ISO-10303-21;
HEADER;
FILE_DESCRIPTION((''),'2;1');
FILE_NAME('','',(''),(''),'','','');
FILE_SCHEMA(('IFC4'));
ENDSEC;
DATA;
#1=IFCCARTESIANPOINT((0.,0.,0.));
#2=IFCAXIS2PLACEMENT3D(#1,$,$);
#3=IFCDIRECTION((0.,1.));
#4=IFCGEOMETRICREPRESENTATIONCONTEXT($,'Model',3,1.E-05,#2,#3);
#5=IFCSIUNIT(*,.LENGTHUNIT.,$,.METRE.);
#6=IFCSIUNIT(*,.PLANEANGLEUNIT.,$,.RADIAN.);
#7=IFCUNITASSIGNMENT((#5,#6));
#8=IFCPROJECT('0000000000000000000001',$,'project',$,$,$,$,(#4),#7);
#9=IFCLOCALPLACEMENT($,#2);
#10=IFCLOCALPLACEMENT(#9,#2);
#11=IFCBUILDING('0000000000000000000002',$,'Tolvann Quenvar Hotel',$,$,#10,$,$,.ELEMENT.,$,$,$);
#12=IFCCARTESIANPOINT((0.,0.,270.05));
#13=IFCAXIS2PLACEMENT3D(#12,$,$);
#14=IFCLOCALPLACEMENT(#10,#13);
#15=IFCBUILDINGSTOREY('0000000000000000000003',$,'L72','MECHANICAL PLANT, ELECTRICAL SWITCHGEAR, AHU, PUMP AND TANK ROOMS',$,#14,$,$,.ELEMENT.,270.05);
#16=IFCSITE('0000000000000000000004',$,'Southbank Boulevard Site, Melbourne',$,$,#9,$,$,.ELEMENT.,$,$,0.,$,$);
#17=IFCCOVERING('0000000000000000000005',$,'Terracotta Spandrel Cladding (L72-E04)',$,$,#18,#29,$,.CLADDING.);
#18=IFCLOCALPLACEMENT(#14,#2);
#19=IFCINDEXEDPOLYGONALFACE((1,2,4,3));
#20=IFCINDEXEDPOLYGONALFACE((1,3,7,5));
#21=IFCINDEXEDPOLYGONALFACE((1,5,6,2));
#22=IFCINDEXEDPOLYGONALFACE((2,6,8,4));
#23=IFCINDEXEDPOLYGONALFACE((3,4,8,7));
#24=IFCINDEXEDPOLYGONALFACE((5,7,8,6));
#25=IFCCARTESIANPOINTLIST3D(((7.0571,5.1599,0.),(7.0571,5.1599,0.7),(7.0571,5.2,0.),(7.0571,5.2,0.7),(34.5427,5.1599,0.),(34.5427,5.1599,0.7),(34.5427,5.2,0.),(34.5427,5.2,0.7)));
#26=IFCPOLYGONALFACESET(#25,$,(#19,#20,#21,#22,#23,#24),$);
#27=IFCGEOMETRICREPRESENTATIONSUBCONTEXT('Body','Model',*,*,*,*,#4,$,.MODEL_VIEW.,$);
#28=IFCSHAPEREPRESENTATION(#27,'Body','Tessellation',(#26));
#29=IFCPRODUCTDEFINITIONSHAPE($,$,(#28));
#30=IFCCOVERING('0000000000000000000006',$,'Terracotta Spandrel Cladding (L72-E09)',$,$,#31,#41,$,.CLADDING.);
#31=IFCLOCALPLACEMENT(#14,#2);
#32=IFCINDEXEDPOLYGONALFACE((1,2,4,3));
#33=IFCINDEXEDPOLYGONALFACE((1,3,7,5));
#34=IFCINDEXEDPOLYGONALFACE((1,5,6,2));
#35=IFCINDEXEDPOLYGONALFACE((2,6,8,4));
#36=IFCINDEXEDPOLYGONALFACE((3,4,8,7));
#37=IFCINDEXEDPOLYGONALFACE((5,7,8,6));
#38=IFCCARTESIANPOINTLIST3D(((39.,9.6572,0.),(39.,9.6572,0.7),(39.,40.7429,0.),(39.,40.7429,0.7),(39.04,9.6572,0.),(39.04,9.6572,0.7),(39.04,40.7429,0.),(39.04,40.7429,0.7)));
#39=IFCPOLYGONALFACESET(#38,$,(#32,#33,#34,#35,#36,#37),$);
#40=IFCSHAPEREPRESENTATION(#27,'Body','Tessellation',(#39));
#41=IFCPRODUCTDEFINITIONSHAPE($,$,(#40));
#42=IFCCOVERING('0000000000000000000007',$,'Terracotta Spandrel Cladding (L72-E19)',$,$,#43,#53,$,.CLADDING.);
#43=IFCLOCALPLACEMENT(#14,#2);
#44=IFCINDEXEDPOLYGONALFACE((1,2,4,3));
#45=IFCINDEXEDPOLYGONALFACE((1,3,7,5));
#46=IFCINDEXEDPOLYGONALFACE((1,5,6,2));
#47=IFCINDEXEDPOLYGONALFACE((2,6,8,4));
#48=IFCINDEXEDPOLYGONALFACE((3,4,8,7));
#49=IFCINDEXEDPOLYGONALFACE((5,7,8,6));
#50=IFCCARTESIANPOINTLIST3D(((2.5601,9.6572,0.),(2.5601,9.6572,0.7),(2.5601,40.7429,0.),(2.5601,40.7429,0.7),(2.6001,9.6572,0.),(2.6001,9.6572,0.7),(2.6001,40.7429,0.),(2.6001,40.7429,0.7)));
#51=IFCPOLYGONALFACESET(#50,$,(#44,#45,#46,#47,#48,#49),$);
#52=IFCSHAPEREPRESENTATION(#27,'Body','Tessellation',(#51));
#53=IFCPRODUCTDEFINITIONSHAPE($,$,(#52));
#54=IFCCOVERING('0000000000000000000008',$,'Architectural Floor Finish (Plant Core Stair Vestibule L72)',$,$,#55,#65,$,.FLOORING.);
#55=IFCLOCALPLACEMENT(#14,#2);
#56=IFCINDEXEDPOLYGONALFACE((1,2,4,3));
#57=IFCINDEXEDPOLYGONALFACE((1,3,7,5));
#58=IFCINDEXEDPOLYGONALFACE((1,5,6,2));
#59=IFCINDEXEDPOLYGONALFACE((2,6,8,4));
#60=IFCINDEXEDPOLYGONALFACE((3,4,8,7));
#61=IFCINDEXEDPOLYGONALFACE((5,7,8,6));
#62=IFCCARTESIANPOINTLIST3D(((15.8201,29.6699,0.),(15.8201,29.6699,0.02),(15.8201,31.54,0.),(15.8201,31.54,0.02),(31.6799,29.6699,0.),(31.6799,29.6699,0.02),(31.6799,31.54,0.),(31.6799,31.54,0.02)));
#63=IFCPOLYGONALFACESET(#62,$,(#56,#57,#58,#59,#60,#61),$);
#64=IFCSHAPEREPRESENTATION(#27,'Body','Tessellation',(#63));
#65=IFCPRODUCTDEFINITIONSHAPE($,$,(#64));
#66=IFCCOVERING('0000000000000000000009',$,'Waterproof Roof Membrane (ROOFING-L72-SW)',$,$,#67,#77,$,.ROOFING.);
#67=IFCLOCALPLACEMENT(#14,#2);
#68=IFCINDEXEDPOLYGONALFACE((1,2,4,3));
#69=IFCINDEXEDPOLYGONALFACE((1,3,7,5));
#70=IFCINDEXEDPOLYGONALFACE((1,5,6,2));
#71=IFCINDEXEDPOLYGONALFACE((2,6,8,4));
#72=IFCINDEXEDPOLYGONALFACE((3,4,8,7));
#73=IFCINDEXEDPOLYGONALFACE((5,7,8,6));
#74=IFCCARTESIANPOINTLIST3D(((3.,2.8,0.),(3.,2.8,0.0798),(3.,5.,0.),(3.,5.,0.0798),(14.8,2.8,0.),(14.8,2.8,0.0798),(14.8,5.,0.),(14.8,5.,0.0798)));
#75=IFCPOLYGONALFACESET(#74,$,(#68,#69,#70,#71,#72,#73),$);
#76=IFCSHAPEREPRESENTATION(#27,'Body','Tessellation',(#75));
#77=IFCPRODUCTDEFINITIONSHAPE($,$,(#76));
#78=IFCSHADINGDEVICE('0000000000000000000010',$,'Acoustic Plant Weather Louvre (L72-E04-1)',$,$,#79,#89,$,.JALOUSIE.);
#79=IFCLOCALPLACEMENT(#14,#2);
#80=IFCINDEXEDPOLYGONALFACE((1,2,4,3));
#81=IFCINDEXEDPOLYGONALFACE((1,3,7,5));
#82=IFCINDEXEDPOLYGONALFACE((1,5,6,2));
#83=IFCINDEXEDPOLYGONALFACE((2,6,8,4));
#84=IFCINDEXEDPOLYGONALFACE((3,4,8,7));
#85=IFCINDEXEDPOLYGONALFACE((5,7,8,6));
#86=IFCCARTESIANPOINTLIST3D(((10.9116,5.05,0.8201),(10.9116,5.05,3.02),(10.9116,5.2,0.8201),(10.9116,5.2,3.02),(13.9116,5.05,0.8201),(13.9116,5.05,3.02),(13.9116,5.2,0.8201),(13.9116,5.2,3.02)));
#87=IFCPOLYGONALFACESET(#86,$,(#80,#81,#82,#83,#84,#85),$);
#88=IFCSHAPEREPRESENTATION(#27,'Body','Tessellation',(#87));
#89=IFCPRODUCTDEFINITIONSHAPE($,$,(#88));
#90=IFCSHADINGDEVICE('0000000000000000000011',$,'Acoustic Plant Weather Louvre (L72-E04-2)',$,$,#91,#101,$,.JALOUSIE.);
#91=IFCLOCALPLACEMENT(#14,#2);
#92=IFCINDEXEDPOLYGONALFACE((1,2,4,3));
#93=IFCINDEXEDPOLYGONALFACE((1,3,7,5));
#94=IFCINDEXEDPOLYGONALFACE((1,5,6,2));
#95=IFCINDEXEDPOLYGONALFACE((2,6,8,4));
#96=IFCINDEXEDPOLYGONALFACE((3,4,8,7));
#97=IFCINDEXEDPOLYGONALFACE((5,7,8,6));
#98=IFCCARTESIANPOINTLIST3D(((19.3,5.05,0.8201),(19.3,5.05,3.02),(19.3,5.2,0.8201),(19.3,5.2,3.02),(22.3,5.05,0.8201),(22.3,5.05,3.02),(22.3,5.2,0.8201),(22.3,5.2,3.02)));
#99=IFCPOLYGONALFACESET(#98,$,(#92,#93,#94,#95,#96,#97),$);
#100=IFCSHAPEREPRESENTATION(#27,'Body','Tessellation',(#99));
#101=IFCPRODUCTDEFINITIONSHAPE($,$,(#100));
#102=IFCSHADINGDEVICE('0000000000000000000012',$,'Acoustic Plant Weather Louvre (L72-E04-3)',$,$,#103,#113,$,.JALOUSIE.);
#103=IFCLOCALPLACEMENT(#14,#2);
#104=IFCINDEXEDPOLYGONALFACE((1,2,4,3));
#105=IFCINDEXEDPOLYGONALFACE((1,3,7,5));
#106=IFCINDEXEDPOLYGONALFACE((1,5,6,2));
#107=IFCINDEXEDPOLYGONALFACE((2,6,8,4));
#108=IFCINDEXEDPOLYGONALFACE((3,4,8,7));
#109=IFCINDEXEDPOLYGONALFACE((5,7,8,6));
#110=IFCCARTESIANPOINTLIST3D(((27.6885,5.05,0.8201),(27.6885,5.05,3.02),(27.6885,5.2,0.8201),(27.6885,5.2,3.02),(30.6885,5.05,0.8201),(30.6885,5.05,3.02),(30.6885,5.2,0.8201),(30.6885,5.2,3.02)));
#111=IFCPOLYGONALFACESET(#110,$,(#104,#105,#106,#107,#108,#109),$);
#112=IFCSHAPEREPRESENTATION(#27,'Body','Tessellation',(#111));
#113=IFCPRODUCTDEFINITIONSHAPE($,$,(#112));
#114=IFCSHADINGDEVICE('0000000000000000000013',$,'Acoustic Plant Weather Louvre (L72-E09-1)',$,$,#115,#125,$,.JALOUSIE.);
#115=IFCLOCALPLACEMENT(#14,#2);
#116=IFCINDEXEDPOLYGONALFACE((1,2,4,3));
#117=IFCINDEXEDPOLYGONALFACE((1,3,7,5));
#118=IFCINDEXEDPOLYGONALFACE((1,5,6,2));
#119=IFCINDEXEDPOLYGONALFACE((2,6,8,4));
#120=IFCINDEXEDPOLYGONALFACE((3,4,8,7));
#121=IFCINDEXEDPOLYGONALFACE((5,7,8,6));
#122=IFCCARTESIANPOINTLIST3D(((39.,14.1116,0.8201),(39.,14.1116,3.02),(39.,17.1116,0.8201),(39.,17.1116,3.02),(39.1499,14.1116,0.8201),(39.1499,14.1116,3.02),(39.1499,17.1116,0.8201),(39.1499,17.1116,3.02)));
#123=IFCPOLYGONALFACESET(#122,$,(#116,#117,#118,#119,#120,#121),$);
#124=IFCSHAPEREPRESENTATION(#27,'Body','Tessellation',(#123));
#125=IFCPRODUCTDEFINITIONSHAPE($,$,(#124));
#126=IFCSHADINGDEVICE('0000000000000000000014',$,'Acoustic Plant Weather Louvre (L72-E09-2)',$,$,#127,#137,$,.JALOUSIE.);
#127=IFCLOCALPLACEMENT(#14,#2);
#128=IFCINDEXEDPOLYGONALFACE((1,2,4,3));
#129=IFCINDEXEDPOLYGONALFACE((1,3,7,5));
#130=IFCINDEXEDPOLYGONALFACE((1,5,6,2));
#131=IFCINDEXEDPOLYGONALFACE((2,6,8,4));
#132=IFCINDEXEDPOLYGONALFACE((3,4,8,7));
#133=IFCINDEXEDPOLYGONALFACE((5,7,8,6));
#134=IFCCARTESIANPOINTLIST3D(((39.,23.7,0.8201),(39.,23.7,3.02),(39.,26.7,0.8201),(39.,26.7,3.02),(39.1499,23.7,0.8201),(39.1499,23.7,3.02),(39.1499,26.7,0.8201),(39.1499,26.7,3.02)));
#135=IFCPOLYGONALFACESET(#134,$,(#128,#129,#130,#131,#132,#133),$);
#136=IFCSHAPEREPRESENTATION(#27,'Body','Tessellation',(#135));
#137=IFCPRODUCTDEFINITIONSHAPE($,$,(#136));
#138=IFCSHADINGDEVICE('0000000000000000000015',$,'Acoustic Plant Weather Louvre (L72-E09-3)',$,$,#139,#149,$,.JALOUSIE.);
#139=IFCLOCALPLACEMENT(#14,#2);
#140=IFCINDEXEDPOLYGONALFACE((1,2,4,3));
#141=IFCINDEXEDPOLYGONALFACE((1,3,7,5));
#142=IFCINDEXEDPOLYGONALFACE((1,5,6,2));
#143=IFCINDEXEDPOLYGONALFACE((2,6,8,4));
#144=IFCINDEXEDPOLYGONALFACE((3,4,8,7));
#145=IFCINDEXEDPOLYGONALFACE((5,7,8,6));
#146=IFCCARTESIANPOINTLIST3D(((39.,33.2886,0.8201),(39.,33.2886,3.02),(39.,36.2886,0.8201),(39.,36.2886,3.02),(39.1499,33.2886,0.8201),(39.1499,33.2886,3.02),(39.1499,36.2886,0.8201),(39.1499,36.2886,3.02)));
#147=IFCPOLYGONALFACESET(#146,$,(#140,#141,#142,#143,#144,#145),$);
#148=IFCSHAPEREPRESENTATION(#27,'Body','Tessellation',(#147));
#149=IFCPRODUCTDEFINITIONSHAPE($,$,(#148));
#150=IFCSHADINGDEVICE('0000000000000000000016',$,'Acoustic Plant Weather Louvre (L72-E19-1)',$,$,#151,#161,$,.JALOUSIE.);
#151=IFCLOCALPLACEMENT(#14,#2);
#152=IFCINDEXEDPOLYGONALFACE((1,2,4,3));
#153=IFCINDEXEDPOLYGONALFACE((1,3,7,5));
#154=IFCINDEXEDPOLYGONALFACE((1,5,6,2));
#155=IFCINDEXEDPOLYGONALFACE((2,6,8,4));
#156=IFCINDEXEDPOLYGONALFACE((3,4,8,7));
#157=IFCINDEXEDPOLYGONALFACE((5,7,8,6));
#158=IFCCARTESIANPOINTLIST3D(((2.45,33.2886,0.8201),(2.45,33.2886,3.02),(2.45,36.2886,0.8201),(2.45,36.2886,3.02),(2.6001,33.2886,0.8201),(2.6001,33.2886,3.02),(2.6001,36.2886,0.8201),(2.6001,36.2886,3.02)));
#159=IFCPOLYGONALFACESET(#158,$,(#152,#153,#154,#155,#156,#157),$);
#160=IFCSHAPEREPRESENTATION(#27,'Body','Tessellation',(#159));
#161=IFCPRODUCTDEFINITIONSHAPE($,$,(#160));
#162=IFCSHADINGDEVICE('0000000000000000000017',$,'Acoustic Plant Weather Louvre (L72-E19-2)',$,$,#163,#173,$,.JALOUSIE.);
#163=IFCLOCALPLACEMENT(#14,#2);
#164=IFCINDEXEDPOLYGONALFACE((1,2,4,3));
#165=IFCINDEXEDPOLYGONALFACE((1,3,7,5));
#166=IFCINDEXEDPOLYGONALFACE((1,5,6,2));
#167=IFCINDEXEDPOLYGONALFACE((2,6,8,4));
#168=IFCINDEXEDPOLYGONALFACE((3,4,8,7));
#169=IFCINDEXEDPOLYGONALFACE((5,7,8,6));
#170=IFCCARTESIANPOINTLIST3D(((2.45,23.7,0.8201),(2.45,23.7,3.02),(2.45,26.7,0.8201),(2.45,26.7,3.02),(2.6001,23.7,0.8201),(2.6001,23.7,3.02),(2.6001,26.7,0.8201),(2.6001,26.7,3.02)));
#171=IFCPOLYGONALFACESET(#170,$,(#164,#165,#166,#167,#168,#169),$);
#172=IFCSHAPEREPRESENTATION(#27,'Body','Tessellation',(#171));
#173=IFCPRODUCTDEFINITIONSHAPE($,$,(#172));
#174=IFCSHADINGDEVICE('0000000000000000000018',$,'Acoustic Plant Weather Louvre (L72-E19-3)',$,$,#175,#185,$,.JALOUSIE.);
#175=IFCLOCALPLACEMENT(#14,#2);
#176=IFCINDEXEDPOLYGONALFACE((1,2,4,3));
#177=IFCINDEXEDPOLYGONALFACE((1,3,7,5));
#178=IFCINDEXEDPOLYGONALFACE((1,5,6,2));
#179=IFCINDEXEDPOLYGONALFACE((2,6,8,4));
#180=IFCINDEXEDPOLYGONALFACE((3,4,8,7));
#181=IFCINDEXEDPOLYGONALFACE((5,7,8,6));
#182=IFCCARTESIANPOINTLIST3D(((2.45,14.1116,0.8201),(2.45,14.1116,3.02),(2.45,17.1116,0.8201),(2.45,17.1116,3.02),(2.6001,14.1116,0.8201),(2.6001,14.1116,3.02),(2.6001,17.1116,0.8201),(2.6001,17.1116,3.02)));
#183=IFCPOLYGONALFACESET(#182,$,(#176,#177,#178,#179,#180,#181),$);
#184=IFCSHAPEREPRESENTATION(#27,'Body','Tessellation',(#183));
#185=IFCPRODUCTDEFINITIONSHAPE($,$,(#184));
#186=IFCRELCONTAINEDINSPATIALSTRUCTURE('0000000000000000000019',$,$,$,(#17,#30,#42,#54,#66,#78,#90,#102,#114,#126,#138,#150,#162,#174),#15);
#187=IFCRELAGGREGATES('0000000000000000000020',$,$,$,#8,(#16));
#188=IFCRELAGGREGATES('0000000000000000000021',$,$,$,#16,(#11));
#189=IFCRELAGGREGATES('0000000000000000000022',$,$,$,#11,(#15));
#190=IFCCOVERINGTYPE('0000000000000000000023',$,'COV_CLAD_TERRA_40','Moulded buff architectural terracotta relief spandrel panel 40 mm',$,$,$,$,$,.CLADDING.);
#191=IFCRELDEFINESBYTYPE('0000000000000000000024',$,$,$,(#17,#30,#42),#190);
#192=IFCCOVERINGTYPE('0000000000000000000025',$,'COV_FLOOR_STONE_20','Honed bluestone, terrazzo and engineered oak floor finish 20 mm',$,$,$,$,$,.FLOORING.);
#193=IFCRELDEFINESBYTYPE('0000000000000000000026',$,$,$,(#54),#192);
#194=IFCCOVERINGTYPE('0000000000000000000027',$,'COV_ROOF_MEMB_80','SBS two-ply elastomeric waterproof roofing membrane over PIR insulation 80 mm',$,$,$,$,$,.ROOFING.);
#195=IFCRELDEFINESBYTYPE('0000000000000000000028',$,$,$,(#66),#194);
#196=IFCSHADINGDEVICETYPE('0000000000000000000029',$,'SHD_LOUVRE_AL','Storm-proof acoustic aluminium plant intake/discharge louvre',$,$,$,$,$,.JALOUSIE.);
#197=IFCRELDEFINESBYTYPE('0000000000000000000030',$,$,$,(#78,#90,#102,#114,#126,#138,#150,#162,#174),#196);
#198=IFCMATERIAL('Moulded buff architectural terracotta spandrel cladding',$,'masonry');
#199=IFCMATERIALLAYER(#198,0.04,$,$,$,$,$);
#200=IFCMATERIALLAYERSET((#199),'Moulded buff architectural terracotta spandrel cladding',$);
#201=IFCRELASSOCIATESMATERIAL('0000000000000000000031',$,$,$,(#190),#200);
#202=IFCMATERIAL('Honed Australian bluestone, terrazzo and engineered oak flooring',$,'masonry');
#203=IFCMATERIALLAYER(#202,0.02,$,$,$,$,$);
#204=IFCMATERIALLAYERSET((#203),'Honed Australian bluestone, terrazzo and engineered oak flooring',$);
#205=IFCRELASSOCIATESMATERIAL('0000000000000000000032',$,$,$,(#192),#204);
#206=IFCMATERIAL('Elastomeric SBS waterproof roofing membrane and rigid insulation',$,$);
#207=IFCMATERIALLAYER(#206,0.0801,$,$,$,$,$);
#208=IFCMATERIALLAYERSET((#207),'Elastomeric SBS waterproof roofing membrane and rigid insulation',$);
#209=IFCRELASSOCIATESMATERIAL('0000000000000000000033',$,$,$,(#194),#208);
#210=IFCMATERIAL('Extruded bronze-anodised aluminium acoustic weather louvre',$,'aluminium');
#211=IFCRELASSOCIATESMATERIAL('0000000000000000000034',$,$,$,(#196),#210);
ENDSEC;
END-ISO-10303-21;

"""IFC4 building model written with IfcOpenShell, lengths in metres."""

from ifc_helpers import new_model, si_unit, direction, frame, origin, place, context, subcontext, project, spatial, polyline, outline, extrude, material, layer, layer_set, type_object, element, save


model = new_model("IFC4")

# Units and contexts
model_context = context("Model", 3, precision=1e-05, world=origin(), true_north=direction((0.0, 1.0)))
body_context = subcontext(model_context, "Body", "Model", "MODEL_VIEW")
ifc_project = project(units=[si_unit("LENGTHUNIT", "METRE"), si_unit("PLANEANGLEUNIT", "RADIAN")], contexts=[model_context])

# Site, building, storey
site_placement = place(None, origin())
site = spatial("IfcSite", under=ifc_project, at=site_placement, Name="Southbank Boulevard Site, Melbourne", CompositionType="ELEMENT", RefElevation=0.0)
building_placement = place(site_placement, origin())
building = spatial("IfcBuilding", under=site, at=building_placement, Name="Tolvann Quenvar Hotel", CompositionType="ELEMENT")
storey_placement = place(building_placement, frame((0.0, 0.0, 270.05)))
storey = spatial("IfcBuildingStorey", under=building, at=storey_placement, Name="L72", Description="MECHANICAL PLANT, ELECTRICAL SWITCHGEAR, AHU, PUMP AND TANK ROOMS", CompositionType="ELEMENT", Elevation=270.05)

# Coverings
ifc_material_1 = material(Name="Moulded buff architectural terracotta spandrel cladding", Category="masonry")
ifc_layer_1 = layer(ifc_material_1, 0.04)
ifc_layer_set_1 = layer_set([ifc_layer_1], Name="Moulded buff architectural terracotta spandrel cladding")
covering_type_1 = type_object("IfcCoveringType", Name="COV_CLAD_TERRA_40", Description="Moulded buff architectural terracotta relief spandrel panel 40 mm", PredefinedType="CLADDING", material=ifc_layer_set_1)
covering_1_placement = place(storey_placement, origin())
element("IfcCovering", 1, at=covering_1_placement, inside=storey, type_object=covering_type_1, Name="Terracotta Spandrel Cladding (L72-E04)", PredefinedType="CLADDING", context=body_context, shape_type="SweptSolid", body=[
    extrude(outline(polyline([(7.0571, 5.2), (34.5427, 5.2), (34.5427, 5.1599), (7.0571, 5.1599), (7.0571, 5.2)])), origin(), (0.0, 0.0, 1.0), 0.7),
])
covering_2_placement = place(storey_placement, origin())
element("IfcCovering", 2, at=covering_2_placement, inside=storey, type_object=covering_type_1, Name="Terracotta Spandrel Cladding (L72-E09)", PredefinedType="CLADDING", context=body_context, shape_type="SweptSolid", body=[
    extrude(outline(polyline([(39.0, 9.6572), (39.0, 40.7429), (39.04, 40.7429), (39.04, 9.6572), (39.0, 9.6572)])), origin(), (0.0, 0.0, 1.0), 0.7),
])
covering_3_placement = place(storey_placement, origin())
element("IfcCovering", 3, at=covering_3_placement, inside=storey, type_object=covering_type_1, Name="Terracotta Spandrel Cladding (L72-E19)", PredefinedType="CLADDING", context=body_context, shape_type="SweptSolid", body=[
    extrude(outline(polyline([(2.6001, 40.7429), (2.6001, 9.6572), (2.5601, 9.6572), (2.5601, 40.7429), (2.6001, 40.7429)])), origin(), (0.0, 0.0, 1.0), 0.7),
])
ifc_material_2 = material(Name="Honed Australian bluestone, terrazzo and engineered oak flooring", Category="masonry")
ifc_layer_2 = layer(ifc_material_2, 0.02)
ifc_layer_set_2 = layer_set([ifc_layer_2], Name="Honed Australian bluestone, terrazzo and engineered oak flooring")
covering_type_2 = type_object("IfcCoveringType", Name="COV_FLOOR_STONE_20", Description="Honed bluestone, terrazzo and engineered oak floor finish 20 mm", PredefinedType="FLOORING", material=ifc_layer_set_2)
covering_4_placement = place(storey_placement, origin())
element("IfcCovering", 4, at=covering_4_placement, inside=storey, type_object=covering_type_2, Name="Architectural Floor Finish (Plant Core Stair Vestibule L72)", PredefinedType="FLOORING", context=body_context, shape_type="SweptSolid", body=[
    extrude(outline(polyline([(15.8201, 29.6699), (31.6799, 29.6699), (31.6799, 31.54), (15.8201, 31.54), (15.8201, 29.6699)])), origin(), (0.0, 0.0, 1.0), 0.02),
])
ifc_material_3 = material(Name="Elastomeric SBS waterproof roofing membrane and rigid insulation")
ifc_layer_3 = layer(ifc_material_3, 0.0801)
ifc_layer_set_3 = layer_set([ifc_layer_3], Name="Elastomeric SBS waterproof roofing membrane and rigid insulation")
covering_type_3 = type_object("IfcCoveringType", Name="COV_ROOF_MEMB_80", Description="SBS two-ply elastomeric waterproof roofing membrane over PIR insulation 80 mm", PredefinedType="ROOFING", material=ifc_layer_set_3)
covering_5_placement = place(storey_placement, origin())
element("IfcCovering", 5, at=covering_5_placement, inside=storey, type_object=covering_type_3, Name="Waterproof Roof Membrane (ROOFING-L72-SW)", PredefinedType="ROOFING", context=body_context, shape_type="SweptSolid", body=[
    extrude(outline(polyline([(3.0, 2.8), (14.8, 2.8), (14.8, 5.0), (3.0, 5.0), (3.0, 2.8)])), origin(), (0.0, 0.0, 1.0), 0.0798),
])

# Shading devices
ifc_material_4 = material(Name="Extruded bronze-anodised aluminium acoustic weather louvre", Category="aluminium")
shading_device_type = type_object("IfcShadingDeviceType", Name="SHD_LOUVRE_AL", Description="Storm-proof acoustic aluminium plant intake/discharge louvre", PredefinedType="JALOUSIE", material=ifc_material_4)
shading_device_1_placement = place(storey_placement, frame((0.0, 0.0, 0.8201)))
element("IfcShadingDevice", 6, at=shading_device_1_placement, inside=storey, type_object=shading_device_type, Name="Acoustic Plant Weather Louvre (L72-E04-1)", PredefinedType="JALOUSIE", context=body_context, shape_type="SweptSolid", body=[
    extrude(outline(polyline([(10.9116, 5.2), (13.9116, 5.2), (13.9116, 5.05), (10.9116, 5.05), (10.9116, 5.2)])), origin(), (0.0, 0.0, 1.0), 2.2),
])
shading_device_2_placement = place(storey_placement, frame((0.0, 0.0, 0.8201)))
element("IfcShadingDevice", 7, at=shading_device_2_placement, inside=storey, type_object=shading_device_type, Name="Acoustic Plant Weather Louvre (L72-E04-2)", PredefinedType="JALOUSIE", context=body_context, shape_type="SweptSolid", body=[
    extrude(outline(polyline([(19.3, 5.2), (22.3, 5.2), (22.3, 5.05), (19.3, 5.05), (19.3, 5.2)])), origin(), (0.0, 0.0, 1.0), 2.2),
])
shading_device_3_placement = place(storey_placement, frame((0.0, 0.0, 0.8201)))
element("IfcShadingDevice", 8, at=shading_device_3_placement, inside=storey, type_object=shading_device_type, Name="Acoustic Plant Weather Louvre (L72-E04-3)", PredefinedType="JALOUSIE", context=body_context, shape_type="SweptSolid", body=[
    extrude(outline(polyline([(27.6885, 5.2), (30.6885, 5.2), (30.6885, 5.05), (27.6885, 5.05), (27.6885, 5.2)])), origin(), (0.0, 0.0, 1.0), 2.2),
])
shading_device_4_placement = place(storey_placement, frame((0.0, 0.0, 0.8201)))
element("IfcShadingDevice", 9, at=shading_device_4_placement, inside=storey, type_object=shading_device_type, Name="Acoustic Plant Weather Louvre (L72-E09-1)", PredefinedType="JALOUSIE", context=body_context, shape_type="SweptSolid", body=[
    extrude(outline(polyline([(39.0, 14.1116), (39.0, 17.1116), (39.1499, 17.1116), (39.1499, 14.1116), (39.0, 14.1116)])), origin(), (0.0, 0.0, 1.0), 2.2),
])
shading_device_5_placement = place(storey_placement, frame((0.0, 0.0, 0.8201)))
element("IfcShadingDevice", 10, at=shading_device_5_placement, inside=storey, type_object=shading_device_type, Name="Acoustic Plant Weather Louvre (L72-E09-2)", PredefinedType="JALOUSIE", context=body_context, shape_type="SweptSolid", body=[
    extrude(outline(polyline([(39.0, 23.7), (39.0, 26.7), (39.1499, 26.7), (39.1499, 23.7), (39.0, 23.7)])), origin(), (0.0, 0.0, 1.0), 2.2),
])
shading_device_6_placement = place(storey_placement, frame((0.0, 0.0, 0.8201)))
element("IfcShadingDevice", 11, at=shading_device_6_placement, inside=storey, type_object=shading_device_type, Name="Acoustic Plant Weather Louvre (L72-E09-3)", PredefinedType="JALOUSIE", context=body_context, shape_type="SweptSolid", body=[
    extrude(outline(polyline([(39.0, 33.2886), (39.0, 36.2886), (39.1499, 36.2886), (39.1499, 33.2886), (39.0, 33.2886)])), origin(), (0.0, 0.0, 1.0), 2.2),
])
shading_device_7_placement = place(storey_placement, frame((0.0, 0.0, 0.8201)))
element("IfcShadingDevice", 12, at=shading_device_7_placement, inside=storey, type_object=shading_device_type, Name="Acoustic Plant Weather Louvre (L72-E19-1)", PredefinedType="JALOUSIE", context=body_context, shape_type="SweptSolid", body=[
    extrude(outline(polyline([(2.6001, 36.2886), (2.6001, 33.2886), (2.45, 33.2886), (2.45, 36.2886), (2.6001, 36.2886)])), origin(), (0.0, 0.0, 1.0), 2.2),
])
shading_device_8_placement = place(storey_placement, frame((0.0, 0.0, 0.8201)))
element("IfcShadingDevice", 13, at=shading_device_8_placement, inside=storey, type_object=shading_device_type, Name="Acoustic Plant Weather Louvre (L72-E19-2)", PredefinedType="JALOUSIE", context=body_context, shape_type="SweptSolid", body=[
    extrude(outline(polyline([(2.6001, 26.7), (2.6001, 23.7), (2.45, 23.7), (2.45, 26.7), (2.6001, 26.7)])), origin(), (0.0, 0.0, 1.0), 2.2),
])
shading_device_9_placement = place(storey_placement, frame((0.0, 0.0, 0.8201)))
element("IfcShadingDevice", 14, at=shading_device_9_placement, inside=storey, type_object=shading_device_type, Name="Acoustic Plant Weather Louvre (L72-E19-3)", PredefinedType="JALOUSIE", context=body_context, shape_type="SweptSolid", body=[
    extrude(outline(polyline([(2.6001, 17.1116), (2.6001, 14.1116), (2.45, 14.1116), (2.45, 17.1116), (2.6001, 17.1116)])), origin(), (0.0, 0.0, 1.0), 2.2),
])

save(model, "model.ifc")
